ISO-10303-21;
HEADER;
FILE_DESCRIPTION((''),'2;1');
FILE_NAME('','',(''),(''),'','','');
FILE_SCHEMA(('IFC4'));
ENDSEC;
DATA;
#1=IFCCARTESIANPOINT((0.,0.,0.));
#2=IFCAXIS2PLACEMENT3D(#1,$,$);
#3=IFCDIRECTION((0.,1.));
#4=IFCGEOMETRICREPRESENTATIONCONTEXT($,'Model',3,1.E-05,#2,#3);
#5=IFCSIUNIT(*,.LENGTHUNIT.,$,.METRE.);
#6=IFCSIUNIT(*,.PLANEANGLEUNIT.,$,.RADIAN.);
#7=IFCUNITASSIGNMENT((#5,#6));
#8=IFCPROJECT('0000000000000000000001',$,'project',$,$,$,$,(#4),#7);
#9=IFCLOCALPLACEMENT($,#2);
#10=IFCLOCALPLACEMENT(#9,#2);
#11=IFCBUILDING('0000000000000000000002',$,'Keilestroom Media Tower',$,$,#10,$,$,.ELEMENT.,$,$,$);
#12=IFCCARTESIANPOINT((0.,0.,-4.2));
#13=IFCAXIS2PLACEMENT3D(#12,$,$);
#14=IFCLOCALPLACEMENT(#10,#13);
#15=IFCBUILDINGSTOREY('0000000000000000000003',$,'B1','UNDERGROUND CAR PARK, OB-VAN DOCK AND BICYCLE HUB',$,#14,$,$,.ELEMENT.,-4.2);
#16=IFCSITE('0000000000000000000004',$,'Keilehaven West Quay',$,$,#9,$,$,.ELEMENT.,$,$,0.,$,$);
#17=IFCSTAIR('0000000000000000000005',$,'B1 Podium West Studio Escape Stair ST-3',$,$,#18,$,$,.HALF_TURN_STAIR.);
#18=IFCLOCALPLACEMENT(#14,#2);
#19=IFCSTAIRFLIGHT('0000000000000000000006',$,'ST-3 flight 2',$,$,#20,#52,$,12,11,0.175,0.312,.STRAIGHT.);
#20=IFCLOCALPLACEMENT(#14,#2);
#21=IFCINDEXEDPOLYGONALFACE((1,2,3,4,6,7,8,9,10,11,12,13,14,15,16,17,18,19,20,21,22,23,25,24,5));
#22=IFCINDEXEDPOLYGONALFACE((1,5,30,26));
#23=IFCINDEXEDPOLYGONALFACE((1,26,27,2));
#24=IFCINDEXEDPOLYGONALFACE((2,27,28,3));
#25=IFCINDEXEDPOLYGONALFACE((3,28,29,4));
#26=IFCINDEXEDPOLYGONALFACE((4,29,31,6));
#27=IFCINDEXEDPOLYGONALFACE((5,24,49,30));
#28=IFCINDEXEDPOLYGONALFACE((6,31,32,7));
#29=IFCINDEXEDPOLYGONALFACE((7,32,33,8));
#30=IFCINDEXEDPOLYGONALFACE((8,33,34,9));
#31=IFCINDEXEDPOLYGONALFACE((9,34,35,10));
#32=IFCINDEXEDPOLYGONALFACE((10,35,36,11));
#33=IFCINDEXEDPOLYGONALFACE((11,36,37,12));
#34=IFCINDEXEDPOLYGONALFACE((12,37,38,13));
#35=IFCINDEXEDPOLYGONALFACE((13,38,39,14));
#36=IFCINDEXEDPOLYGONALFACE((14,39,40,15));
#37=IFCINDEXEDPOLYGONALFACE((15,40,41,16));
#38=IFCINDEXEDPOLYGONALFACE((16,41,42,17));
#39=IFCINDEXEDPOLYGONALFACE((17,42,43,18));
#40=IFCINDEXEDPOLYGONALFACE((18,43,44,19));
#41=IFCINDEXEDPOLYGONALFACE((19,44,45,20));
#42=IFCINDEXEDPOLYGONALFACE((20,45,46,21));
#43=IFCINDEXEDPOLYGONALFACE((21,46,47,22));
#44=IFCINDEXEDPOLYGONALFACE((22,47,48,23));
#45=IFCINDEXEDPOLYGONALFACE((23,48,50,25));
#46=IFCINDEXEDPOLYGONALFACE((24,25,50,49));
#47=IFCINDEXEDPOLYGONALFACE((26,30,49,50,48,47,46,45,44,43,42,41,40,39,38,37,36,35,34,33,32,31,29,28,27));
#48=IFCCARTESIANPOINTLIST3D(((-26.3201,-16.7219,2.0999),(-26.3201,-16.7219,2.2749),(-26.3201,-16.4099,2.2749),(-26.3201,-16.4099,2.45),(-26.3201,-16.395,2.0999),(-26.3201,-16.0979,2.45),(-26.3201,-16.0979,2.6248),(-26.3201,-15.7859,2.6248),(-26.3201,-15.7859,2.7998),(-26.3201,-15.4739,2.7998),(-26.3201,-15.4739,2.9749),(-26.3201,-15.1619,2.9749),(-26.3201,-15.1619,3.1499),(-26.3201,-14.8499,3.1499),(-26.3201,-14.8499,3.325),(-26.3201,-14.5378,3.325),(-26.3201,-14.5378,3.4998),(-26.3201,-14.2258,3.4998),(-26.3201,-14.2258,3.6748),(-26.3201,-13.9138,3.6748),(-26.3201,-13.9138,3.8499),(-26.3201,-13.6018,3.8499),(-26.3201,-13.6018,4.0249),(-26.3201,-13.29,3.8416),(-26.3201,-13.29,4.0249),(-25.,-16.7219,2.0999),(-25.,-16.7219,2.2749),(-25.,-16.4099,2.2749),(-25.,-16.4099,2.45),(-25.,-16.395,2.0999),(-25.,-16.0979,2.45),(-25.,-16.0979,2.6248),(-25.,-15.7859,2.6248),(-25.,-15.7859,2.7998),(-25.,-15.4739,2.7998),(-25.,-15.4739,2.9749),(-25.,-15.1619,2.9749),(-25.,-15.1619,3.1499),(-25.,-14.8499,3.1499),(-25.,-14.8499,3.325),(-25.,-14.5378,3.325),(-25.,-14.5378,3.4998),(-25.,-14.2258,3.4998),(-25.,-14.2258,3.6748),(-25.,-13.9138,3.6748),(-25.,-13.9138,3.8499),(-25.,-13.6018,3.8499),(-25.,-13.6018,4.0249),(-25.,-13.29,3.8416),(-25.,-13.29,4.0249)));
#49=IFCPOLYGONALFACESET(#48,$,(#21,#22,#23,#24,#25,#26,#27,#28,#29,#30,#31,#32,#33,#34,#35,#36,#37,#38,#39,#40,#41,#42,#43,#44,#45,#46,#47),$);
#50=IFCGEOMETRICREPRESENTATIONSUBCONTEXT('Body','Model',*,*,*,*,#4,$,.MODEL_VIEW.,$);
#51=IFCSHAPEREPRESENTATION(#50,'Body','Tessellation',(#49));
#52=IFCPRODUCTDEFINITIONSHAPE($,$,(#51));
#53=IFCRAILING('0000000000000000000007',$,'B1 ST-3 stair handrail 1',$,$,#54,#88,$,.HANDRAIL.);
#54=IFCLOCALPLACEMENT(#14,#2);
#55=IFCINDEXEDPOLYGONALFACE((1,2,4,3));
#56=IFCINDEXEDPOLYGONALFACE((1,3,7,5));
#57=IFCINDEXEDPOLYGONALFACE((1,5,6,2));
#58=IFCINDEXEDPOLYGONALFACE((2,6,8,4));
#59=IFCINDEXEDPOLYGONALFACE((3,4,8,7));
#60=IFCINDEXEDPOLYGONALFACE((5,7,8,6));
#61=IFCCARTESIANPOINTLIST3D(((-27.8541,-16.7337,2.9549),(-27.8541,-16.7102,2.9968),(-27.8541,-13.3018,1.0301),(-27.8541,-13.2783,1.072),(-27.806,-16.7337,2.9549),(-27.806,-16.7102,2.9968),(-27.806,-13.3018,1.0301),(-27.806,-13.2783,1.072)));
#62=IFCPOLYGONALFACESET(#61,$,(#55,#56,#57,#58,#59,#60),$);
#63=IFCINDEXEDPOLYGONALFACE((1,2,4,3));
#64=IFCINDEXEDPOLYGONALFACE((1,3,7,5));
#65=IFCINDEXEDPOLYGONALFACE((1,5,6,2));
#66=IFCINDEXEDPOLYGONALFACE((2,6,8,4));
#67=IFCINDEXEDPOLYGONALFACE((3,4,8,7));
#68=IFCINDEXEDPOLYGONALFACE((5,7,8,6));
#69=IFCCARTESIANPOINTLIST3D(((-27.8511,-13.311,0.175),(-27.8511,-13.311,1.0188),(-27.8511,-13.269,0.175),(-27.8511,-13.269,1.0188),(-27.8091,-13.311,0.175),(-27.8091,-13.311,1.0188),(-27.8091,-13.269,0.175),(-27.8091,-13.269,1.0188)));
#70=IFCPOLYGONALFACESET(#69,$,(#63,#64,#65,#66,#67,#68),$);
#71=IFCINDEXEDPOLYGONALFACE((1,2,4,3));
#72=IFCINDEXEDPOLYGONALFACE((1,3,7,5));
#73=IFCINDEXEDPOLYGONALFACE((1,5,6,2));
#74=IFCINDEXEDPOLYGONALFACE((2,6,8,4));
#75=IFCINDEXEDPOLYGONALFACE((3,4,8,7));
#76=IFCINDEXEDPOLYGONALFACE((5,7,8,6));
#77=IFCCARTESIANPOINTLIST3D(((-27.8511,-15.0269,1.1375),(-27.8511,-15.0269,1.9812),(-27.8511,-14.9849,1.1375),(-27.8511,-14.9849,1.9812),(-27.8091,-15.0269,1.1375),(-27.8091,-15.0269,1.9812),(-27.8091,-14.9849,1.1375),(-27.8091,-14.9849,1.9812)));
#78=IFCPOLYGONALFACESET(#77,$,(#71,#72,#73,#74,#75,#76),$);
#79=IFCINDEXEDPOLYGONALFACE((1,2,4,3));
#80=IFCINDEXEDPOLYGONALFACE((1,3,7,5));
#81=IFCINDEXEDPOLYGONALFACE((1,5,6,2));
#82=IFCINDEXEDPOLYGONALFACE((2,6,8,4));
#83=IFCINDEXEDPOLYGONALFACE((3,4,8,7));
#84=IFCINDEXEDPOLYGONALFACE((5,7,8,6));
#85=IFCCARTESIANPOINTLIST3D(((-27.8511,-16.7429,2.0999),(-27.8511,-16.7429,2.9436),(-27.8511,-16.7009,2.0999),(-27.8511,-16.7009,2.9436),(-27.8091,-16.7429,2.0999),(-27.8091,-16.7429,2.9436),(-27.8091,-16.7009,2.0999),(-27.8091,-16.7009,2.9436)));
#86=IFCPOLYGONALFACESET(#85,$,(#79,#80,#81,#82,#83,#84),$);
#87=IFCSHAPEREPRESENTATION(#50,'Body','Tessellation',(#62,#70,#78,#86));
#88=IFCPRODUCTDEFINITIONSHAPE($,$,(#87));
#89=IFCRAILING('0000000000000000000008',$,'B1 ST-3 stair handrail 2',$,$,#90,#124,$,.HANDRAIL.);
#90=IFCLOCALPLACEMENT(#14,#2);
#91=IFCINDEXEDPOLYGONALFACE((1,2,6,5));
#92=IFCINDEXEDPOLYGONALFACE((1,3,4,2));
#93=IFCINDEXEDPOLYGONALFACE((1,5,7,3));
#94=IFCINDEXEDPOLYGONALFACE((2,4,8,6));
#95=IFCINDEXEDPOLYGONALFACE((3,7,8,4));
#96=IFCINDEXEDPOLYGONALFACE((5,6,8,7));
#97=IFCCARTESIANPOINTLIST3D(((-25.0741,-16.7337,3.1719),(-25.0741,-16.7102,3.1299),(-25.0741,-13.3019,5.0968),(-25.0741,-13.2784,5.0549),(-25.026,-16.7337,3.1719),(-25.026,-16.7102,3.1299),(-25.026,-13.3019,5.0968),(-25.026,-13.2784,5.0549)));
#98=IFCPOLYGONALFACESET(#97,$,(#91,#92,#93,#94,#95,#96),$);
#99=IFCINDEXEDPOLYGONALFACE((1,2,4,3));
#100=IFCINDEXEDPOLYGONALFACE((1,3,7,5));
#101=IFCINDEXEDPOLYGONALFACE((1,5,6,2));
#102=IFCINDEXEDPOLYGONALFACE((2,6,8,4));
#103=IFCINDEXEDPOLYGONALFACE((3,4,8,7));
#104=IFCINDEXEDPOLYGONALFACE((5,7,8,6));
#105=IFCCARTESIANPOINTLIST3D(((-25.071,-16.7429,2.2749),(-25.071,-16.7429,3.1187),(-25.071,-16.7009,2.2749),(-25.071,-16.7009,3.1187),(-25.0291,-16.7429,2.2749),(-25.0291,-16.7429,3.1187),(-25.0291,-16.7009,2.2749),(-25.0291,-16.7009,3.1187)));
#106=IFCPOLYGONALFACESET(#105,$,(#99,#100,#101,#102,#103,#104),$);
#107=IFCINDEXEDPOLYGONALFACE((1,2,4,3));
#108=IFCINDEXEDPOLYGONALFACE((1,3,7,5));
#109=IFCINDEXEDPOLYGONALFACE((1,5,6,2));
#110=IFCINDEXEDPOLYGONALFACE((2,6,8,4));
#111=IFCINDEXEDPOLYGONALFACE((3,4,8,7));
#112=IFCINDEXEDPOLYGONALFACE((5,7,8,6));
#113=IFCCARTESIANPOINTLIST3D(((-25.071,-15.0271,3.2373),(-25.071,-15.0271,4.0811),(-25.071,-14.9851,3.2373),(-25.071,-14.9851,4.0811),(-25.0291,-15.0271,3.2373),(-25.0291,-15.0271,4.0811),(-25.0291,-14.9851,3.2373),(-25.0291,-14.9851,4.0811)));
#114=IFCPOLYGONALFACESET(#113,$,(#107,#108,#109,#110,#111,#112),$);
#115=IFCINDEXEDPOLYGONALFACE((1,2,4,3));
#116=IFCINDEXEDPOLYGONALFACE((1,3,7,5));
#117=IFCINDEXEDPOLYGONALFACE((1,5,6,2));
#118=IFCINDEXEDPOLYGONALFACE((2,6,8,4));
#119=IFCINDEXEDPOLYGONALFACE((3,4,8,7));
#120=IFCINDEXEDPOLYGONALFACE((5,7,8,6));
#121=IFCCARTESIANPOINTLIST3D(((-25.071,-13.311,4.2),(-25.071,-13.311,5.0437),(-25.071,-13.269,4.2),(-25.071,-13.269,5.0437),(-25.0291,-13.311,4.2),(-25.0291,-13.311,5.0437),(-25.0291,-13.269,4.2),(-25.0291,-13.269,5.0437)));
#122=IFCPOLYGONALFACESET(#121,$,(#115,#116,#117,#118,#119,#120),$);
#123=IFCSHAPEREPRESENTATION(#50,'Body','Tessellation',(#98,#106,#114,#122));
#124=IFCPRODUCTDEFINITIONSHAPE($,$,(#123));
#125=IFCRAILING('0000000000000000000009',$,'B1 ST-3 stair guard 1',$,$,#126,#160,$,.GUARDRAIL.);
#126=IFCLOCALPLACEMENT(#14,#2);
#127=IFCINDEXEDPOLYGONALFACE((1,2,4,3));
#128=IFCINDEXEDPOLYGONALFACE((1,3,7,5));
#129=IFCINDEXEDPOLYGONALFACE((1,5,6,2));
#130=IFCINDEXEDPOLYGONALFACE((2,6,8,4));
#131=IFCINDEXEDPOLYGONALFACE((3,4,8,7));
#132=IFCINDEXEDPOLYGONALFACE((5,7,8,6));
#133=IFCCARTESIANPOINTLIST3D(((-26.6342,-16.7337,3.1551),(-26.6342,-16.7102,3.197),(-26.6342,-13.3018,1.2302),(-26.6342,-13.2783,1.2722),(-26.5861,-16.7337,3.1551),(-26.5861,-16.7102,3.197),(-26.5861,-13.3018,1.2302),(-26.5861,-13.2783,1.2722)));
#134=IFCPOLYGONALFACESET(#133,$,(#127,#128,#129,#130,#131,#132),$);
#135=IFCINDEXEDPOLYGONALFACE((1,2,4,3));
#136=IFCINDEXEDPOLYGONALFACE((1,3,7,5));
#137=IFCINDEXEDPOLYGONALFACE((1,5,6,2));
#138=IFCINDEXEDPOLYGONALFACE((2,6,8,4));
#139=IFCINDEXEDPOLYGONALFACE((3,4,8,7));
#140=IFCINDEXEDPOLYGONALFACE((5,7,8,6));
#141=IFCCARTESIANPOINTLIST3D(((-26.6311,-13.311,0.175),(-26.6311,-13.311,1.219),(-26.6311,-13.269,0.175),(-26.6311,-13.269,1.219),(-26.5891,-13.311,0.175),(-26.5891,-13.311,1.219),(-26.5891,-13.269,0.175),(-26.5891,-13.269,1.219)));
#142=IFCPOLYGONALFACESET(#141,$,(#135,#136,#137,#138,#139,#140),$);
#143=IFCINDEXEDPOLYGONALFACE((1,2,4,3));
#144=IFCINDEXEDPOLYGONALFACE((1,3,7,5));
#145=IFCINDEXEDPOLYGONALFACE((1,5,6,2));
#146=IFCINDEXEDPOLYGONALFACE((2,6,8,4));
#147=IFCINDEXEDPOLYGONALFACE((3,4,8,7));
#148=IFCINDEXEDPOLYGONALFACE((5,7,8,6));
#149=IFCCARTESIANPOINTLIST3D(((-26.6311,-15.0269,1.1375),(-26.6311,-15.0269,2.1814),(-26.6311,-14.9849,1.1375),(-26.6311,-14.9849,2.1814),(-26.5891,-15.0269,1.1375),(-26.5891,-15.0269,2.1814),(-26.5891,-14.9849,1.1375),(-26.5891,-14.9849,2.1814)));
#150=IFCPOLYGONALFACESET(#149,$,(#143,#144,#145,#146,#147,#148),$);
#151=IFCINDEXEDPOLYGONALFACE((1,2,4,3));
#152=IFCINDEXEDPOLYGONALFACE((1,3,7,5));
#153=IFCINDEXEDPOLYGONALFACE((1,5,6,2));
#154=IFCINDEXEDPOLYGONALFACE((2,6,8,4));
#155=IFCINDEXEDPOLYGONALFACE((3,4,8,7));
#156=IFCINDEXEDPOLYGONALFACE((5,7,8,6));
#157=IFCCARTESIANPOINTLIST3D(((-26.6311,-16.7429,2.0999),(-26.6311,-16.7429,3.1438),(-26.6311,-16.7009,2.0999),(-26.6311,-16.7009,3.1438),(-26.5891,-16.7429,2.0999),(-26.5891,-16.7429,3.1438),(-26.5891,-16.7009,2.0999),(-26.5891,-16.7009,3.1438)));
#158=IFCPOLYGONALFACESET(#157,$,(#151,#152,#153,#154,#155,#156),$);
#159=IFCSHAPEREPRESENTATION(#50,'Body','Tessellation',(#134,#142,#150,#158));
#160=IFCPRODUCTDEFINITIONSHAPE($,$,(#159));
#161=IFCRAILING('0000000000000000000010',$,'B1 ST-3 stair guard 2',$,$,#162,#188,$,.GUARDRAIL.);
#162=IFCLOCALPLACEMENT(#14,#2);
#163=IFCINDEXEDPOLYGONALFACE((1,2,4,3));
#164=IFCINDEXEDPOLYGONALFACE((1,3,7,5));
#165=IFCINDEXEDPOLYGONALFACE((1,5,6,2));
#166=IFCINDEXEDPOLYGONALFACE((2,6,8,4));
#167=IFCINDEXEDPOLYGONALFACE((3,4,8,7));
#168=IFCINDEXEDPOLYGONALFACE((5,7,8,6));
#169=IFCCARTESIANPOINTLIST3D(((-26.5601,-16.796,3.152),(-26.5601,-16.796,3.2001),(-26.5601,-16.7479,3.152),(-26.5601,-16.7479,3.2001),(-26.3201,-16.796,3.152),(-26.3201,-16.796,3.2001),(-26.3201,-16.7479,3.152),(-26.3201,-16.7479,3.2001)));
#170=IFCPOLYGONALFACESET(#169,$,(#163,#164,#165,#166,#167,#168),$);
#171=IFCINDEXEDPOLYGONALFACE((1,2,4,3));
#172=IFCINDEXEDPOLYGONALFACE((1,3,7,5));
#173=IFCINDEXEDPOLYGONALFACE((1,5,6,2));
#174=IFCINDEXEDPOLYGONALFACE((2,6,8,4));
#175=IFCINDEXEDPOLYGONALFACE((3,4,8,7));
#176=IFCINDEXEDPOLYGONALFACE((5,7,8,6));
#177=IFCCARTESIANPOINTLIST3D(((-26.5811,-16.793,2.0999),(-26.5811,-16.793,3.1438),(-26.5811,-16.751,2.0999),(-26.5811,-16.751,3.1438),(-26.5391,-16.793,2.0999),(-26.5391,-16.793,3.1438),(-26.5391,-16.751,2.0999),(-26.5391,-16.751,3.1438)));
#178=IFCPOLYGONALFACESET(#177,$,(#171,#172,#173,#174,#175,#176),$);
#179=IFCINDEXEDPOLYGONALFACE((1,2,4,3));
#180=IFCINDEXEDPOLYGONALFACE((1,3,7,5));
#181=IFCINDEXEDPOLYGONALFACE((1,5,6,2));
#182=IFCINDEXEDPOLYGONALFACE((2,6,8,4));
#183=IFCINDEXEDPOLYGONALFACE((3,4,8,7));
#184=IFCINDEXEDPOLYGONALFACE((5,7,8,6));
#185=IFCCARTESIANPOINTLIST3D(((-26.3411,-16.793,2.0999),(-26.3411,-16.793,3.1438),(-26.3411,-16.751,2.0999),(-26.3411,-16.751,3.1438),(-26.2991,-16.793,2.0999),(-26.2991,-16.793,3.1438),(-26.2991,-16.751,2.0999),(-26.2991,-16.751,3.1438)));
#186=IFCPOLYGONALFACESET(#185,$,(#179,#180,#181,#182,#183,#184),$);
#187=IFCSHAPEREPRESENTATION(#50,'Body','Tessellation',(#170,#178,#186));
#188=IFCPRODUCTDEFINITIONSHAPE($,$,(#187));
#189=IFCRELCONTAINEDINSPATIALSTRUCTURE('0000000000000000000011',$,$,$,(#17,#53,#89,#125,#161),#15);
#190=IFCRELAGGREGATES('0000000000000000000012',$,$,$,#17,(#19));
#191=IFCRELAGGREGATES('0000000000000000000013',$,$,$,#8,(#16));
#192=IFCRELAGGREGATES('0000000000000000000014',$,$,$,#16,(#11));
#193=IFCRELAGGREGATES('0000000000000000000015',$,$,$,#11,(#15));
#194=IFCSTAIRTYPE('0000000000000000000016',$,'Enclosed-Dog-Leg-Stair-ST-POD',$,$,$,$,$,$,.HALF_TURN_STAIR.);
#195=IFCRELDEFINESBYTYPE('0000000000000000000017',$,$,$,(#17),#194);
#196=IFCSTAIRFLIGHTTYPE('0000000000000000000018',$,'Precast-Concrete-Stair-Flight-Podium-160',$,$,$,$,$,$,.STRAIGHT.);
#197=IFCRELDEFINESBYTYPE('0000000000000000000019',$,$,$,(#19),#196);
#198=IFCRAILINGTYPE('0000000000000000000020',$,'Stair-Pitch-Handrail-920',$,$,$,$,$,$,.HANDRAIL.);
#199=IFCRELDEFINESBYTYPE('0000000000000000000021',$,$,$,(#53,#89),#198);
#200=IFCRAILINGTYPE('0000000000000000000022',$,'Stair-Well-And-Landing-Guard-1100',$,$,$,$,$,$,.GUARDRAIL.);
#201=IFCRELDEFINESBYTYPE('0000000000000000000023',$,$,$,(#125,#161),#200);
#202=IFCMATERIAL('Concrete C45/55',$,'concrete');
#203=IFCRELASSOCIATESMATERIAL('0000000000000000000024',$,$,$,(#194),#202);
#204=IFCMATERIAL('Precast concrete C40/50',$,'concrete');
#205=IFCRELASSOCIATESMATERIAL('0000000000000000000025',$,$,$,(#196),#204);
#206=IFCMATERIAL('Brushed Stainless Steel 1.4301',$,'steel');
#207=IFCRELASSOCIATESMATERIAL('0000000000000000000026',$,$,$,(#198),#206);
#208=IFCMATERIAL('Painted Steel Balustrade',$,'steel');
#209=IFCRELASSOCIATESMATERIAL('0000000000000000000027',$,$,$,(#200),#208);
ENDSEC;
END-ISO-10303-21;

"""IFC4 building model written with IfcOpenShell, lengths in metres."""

from ifc_helpers import new_model, si_unit, direction, frame, origin, origin_2d, place, context, subcontext, project, spatial, polyline, rectangle, outline, extrude, material, type_object, element, aggregate, save


model = new_model("IFC4")

# Units and contexts
model_context = context("Model", 3, precision=1e-05, world=origin(), true_north=direction((0.0, 1.0)))
body_context = subcontext(model_context, "Body", "Model", "MODEL_VIEW")
ifc_project = project(units=[si_unit("LENGTHUNIT", "METRE"), si_unit("PLANEANGLEUNIT", "RADIAN")], contexts=[model_context])

# Site, building, storey
site_placement = place(None, origin())
site = spatial("IfcSite", under=ifc_project, at=site_placement, Name="Keilehaven West Quay", CompositionType="ELEMENT", RefElevation=0.0)
building_placement = place(site_placement, origin())
building = spatial("IfcBuilding", under=site, at=building_placement, Name="Keilestroom Media Tower", CompositionType="ELEMENT")
storey_placement = place(building_placement, frame((0.0, 0.0, -4.2)))
storey = spatial("IfcBuildingStorey", under=building, at=storey_placement, Name="B1", Description="UNDERGROUND CAR PARK, OB-VAN DOCK AND BICYCLE HUB", CompositionType="ELEMENT", Elevation=-4.2)

# Shared definitions
ifc_material_1 = material(Name="Precast concrete C40/50", Category="concrete")

# Shared definitions
ifc_material_2 = material(Name="Concrete C45/55", Category="concrete")

# Stair, stair flight
stair_type = type_object("IfcStairType", Name="Enclosed-Dog-Leg-Stair-ST-POD", PredefinedType="HALF_TURN_STAIR", material=ifc_material_2)
stair_placement = place(storey_placement, origin())
stair = element("IfcStair", 1, at=stair_placement, inside=storey, type_object=stair_type, Name="B1 Podium West Studio Escape Stair ST-3", PredefinedType="HALF_TURN_STAIR")
stair_flight_type = type_object("IfcStairFlightType", Name="Precast-Concrete-Stair-Flight-Podium-160", PredefinedType="STRAIGHT", material=ifc_material_1)
stair_flight_1_placement = place(storey_placement, frame((-25.6599, -16.7219, 2.0999), z_axis=(0.0, 0.0, 1.0), x_axis=(0.0, 1.0, 0.0)))
stair_flight_1 = element("IfcStairFlight", 2, at=stair_flight_1_placement, type_object=stair_flight_type, Name="ST-3 flight 2", NumberOfRisers=12, NumberOfTreads=11, PredefinedType="STRAIGHT", RiserHeight=0.175, TreadLength=0.312, context=body_context, shape_type="SweptSolid", body=[
    extrude(outline(polyline([(0.0, 0.0), (0.0, 0.175), (0.312, 0.175), (0.312, 0.3501), (0.624, 0.3501), (0.624, 0.5249), (0.936, 0.5249), (0.936, 0.7), (1.248, 0.7), (1.248, 0.875), (1.5601, 0.875), (1.5601, 1.05), (1.8721, 1.05), (1.8721, 1.2251), (2.1841, 1.2251), (2.1841, 1.3999), (2.4961, 1.3999), (2.4961, 1.575), (2.8081, 1.575), (2.8081, 1.75), (3.1201, 1.75), (3.1201, 1.925), (3.4319, 1.925), (3.4319, 2.1001), (3.4319, 1.7417), (0.3269, 0.0), (0.0, 0.0)])), frame((0.0, 0.6602, 0.0), z_axis=(0.0, -1.0, 0.0), x_axis=(1.0, 0.0, 0.0)), (0.0, 0.0, 1.0), 1.3201),
])
aggregate(stair, [stair_flight_1])

# Railings
ifc_material_3 = material(Name="Brushed Stainless Steel 1.4301", Category="steel")
railing_type_1 = type_object("IfcRailingType", Name="Stair-Pitch-Handrail-920", PredefinedType="HANDRAIL", material=ifc_material_3)
railing_1_placement = place(storey_placement, frame((-27.8301, -13.29, 0.175)))
element("IfcRailing", 3, at=railing_1_placement, inside=storey, type_object=railing_type_1, Name="B1 ST-3 stair handrail 1", PredefinedType="HANDRAIL", context=body_context, shape_type="SweptSolid", body=[
    extrude(rectangle(XDim=0.0481, YDim=0.0481, at=origin_2d()), frame((0.0, 0.0, 0.876), z_axis=(0.0, -0.872186, 0.489174), x_axis=(1.0, 0.0, 0.0)), (0.0, 0.0, 1.0), 3.9348),
    extrude(rectangle(XDim=0.042, YDim=0.042, at=origin_2d()), origin(), (0.0, 0.0, 1.0), 0.8438),
    extrude(rectangle(XDim=0.042, YDim=0.042, at=origin_2d()), frame((0.0, -1.7158, 0.9624)), (0.0, 0.0, 1.0), 0.8438),
    extrude(rectangle(XDim=0.042, YDim=0.042, at=origin_2d()), frame((0.0, -3.4319, 1.9248)), (0.0, 0.0, 1.0), 0.8438),
])
railing_2_placement = place(storey_placement, frame((-25.05, -16.7219, 2.2749)))
element("IfcRailing", 4, at=railing_2_placement, inside=storey, type_object=railing_type_1, Name="B1 ST-3 stair handrail 2", PredefinedType="HANDRAIL", context=body_context, shape_type="SweptSolid", body=[
    extrude(rectangle(XDim=0.0481, YDim=0.0481, at=origin_2d()), frame((0.0, 0.0, 0.876), z_axis=(0.0, 0.87216, 0.489221), x_axis=(-1.0, 0.0, 0.0)), (0.0, 0.0, 1.0), 3.9348),
    extrude(rectangle(XDim=0.042, YDim=0.042, at=origin_2d()), origin(), (0.0, 0.0, 1.0), 0.8438),
    extrude(rectangle(XDim=0.042, YDim=0.042, at=origin_2d()), frame((0.0, 1.7158, 0.9624)), (0.0, 0.0, 1.0), 0.8438),
    extrude(rectangle(XDim=0.042, YDim=0.042, at=origin_2d()), frame((0.0, 3.4319, 1.925)), (0.0, 0.0, 1.0), 0.8438),
])
ifc_material_4 = material(Name="Painted Steel Balustrade", Category="steel")
railing_type_2 = type_object("IfcRailingType", Name="Stair-Well-And-Landing-Guard-1100", PredefinedType="GUARDRAIL", material=ifc_material_4)
railing_3_placement = place(storey_placement, frame((-26.6101, -13.29, 0.175)))
element("IfcRailing", 5, at=railing_3_placement, inside=storey, type_object=railing_type_2, Name="B1 ST-3 stair guard 1", PredefinedType="GUARDRAIL", context=body_context, shape_type="SweptSolid", body=[
    extrude(rectangle(XDim=0.0481, YDim=0.0481, at=origin_2d()), frame((0.0, 0.0, 1.0762), z_axis=(0.0, -0.872186, 0.489174), x_axis=(1.0, 0.0, 0.0)), (0.0, 0.0, 1.0), 3.9348),
    extrude(rectangle(XDim=0.042, YDim=0.042, at=origin_2d()), origin(), (0.0, 0.0, 1.0), 1.0439),
    extrude(rectangle(XDim=0.042, YDim=0.042, at=origin_2d()), frame((0.0, -1.7158, 0.9624)), (0.0, 0.0, 1.0), 1.0439),
    extrude(rectangle(XDim=0.042, YDim=0.042, at=origin_2d()), frame((0.0, -3.4319, 1.9248)), (0.0, 0.0, 1.0), 1.0439),
])
railing_4_placement = place(storey_placement, frame((-26.5601, -16.772, 2.0999)))
element("IfcRailing", 6, at=railing_4_placement, inside=storey, type_object=railing_type_2, Name="B1 ST-3 stair guard 2", PredefinedType="GUARDRAIL", context=body_context, shape_type="SweptSolid", body=[
    extrude(rectangle(XDim=0.0481, YDim=0.0481, at=origin_2d()), frame((0.0, 0.0, 1.0762), z_axis=(1.0, 0.0, 0.0), x_axis=(0.0, 1.0, 0.0)), (0.0, 0.0, 1.0), 0.24),
    extrude(rectangle(XDim=0.042, YDim=0.042, at=origin_2d()), origin(), (0.0, 0.0, 1.0), 1.0439),
    extrude(rectangle(XDim=0.042, YDim=0.042, at=origin_2d()), frame((0.24, 0.0, 0.0)), (0.0, 0.0, 1.0), 1.0439),
])

save(model, "model.ifc")
